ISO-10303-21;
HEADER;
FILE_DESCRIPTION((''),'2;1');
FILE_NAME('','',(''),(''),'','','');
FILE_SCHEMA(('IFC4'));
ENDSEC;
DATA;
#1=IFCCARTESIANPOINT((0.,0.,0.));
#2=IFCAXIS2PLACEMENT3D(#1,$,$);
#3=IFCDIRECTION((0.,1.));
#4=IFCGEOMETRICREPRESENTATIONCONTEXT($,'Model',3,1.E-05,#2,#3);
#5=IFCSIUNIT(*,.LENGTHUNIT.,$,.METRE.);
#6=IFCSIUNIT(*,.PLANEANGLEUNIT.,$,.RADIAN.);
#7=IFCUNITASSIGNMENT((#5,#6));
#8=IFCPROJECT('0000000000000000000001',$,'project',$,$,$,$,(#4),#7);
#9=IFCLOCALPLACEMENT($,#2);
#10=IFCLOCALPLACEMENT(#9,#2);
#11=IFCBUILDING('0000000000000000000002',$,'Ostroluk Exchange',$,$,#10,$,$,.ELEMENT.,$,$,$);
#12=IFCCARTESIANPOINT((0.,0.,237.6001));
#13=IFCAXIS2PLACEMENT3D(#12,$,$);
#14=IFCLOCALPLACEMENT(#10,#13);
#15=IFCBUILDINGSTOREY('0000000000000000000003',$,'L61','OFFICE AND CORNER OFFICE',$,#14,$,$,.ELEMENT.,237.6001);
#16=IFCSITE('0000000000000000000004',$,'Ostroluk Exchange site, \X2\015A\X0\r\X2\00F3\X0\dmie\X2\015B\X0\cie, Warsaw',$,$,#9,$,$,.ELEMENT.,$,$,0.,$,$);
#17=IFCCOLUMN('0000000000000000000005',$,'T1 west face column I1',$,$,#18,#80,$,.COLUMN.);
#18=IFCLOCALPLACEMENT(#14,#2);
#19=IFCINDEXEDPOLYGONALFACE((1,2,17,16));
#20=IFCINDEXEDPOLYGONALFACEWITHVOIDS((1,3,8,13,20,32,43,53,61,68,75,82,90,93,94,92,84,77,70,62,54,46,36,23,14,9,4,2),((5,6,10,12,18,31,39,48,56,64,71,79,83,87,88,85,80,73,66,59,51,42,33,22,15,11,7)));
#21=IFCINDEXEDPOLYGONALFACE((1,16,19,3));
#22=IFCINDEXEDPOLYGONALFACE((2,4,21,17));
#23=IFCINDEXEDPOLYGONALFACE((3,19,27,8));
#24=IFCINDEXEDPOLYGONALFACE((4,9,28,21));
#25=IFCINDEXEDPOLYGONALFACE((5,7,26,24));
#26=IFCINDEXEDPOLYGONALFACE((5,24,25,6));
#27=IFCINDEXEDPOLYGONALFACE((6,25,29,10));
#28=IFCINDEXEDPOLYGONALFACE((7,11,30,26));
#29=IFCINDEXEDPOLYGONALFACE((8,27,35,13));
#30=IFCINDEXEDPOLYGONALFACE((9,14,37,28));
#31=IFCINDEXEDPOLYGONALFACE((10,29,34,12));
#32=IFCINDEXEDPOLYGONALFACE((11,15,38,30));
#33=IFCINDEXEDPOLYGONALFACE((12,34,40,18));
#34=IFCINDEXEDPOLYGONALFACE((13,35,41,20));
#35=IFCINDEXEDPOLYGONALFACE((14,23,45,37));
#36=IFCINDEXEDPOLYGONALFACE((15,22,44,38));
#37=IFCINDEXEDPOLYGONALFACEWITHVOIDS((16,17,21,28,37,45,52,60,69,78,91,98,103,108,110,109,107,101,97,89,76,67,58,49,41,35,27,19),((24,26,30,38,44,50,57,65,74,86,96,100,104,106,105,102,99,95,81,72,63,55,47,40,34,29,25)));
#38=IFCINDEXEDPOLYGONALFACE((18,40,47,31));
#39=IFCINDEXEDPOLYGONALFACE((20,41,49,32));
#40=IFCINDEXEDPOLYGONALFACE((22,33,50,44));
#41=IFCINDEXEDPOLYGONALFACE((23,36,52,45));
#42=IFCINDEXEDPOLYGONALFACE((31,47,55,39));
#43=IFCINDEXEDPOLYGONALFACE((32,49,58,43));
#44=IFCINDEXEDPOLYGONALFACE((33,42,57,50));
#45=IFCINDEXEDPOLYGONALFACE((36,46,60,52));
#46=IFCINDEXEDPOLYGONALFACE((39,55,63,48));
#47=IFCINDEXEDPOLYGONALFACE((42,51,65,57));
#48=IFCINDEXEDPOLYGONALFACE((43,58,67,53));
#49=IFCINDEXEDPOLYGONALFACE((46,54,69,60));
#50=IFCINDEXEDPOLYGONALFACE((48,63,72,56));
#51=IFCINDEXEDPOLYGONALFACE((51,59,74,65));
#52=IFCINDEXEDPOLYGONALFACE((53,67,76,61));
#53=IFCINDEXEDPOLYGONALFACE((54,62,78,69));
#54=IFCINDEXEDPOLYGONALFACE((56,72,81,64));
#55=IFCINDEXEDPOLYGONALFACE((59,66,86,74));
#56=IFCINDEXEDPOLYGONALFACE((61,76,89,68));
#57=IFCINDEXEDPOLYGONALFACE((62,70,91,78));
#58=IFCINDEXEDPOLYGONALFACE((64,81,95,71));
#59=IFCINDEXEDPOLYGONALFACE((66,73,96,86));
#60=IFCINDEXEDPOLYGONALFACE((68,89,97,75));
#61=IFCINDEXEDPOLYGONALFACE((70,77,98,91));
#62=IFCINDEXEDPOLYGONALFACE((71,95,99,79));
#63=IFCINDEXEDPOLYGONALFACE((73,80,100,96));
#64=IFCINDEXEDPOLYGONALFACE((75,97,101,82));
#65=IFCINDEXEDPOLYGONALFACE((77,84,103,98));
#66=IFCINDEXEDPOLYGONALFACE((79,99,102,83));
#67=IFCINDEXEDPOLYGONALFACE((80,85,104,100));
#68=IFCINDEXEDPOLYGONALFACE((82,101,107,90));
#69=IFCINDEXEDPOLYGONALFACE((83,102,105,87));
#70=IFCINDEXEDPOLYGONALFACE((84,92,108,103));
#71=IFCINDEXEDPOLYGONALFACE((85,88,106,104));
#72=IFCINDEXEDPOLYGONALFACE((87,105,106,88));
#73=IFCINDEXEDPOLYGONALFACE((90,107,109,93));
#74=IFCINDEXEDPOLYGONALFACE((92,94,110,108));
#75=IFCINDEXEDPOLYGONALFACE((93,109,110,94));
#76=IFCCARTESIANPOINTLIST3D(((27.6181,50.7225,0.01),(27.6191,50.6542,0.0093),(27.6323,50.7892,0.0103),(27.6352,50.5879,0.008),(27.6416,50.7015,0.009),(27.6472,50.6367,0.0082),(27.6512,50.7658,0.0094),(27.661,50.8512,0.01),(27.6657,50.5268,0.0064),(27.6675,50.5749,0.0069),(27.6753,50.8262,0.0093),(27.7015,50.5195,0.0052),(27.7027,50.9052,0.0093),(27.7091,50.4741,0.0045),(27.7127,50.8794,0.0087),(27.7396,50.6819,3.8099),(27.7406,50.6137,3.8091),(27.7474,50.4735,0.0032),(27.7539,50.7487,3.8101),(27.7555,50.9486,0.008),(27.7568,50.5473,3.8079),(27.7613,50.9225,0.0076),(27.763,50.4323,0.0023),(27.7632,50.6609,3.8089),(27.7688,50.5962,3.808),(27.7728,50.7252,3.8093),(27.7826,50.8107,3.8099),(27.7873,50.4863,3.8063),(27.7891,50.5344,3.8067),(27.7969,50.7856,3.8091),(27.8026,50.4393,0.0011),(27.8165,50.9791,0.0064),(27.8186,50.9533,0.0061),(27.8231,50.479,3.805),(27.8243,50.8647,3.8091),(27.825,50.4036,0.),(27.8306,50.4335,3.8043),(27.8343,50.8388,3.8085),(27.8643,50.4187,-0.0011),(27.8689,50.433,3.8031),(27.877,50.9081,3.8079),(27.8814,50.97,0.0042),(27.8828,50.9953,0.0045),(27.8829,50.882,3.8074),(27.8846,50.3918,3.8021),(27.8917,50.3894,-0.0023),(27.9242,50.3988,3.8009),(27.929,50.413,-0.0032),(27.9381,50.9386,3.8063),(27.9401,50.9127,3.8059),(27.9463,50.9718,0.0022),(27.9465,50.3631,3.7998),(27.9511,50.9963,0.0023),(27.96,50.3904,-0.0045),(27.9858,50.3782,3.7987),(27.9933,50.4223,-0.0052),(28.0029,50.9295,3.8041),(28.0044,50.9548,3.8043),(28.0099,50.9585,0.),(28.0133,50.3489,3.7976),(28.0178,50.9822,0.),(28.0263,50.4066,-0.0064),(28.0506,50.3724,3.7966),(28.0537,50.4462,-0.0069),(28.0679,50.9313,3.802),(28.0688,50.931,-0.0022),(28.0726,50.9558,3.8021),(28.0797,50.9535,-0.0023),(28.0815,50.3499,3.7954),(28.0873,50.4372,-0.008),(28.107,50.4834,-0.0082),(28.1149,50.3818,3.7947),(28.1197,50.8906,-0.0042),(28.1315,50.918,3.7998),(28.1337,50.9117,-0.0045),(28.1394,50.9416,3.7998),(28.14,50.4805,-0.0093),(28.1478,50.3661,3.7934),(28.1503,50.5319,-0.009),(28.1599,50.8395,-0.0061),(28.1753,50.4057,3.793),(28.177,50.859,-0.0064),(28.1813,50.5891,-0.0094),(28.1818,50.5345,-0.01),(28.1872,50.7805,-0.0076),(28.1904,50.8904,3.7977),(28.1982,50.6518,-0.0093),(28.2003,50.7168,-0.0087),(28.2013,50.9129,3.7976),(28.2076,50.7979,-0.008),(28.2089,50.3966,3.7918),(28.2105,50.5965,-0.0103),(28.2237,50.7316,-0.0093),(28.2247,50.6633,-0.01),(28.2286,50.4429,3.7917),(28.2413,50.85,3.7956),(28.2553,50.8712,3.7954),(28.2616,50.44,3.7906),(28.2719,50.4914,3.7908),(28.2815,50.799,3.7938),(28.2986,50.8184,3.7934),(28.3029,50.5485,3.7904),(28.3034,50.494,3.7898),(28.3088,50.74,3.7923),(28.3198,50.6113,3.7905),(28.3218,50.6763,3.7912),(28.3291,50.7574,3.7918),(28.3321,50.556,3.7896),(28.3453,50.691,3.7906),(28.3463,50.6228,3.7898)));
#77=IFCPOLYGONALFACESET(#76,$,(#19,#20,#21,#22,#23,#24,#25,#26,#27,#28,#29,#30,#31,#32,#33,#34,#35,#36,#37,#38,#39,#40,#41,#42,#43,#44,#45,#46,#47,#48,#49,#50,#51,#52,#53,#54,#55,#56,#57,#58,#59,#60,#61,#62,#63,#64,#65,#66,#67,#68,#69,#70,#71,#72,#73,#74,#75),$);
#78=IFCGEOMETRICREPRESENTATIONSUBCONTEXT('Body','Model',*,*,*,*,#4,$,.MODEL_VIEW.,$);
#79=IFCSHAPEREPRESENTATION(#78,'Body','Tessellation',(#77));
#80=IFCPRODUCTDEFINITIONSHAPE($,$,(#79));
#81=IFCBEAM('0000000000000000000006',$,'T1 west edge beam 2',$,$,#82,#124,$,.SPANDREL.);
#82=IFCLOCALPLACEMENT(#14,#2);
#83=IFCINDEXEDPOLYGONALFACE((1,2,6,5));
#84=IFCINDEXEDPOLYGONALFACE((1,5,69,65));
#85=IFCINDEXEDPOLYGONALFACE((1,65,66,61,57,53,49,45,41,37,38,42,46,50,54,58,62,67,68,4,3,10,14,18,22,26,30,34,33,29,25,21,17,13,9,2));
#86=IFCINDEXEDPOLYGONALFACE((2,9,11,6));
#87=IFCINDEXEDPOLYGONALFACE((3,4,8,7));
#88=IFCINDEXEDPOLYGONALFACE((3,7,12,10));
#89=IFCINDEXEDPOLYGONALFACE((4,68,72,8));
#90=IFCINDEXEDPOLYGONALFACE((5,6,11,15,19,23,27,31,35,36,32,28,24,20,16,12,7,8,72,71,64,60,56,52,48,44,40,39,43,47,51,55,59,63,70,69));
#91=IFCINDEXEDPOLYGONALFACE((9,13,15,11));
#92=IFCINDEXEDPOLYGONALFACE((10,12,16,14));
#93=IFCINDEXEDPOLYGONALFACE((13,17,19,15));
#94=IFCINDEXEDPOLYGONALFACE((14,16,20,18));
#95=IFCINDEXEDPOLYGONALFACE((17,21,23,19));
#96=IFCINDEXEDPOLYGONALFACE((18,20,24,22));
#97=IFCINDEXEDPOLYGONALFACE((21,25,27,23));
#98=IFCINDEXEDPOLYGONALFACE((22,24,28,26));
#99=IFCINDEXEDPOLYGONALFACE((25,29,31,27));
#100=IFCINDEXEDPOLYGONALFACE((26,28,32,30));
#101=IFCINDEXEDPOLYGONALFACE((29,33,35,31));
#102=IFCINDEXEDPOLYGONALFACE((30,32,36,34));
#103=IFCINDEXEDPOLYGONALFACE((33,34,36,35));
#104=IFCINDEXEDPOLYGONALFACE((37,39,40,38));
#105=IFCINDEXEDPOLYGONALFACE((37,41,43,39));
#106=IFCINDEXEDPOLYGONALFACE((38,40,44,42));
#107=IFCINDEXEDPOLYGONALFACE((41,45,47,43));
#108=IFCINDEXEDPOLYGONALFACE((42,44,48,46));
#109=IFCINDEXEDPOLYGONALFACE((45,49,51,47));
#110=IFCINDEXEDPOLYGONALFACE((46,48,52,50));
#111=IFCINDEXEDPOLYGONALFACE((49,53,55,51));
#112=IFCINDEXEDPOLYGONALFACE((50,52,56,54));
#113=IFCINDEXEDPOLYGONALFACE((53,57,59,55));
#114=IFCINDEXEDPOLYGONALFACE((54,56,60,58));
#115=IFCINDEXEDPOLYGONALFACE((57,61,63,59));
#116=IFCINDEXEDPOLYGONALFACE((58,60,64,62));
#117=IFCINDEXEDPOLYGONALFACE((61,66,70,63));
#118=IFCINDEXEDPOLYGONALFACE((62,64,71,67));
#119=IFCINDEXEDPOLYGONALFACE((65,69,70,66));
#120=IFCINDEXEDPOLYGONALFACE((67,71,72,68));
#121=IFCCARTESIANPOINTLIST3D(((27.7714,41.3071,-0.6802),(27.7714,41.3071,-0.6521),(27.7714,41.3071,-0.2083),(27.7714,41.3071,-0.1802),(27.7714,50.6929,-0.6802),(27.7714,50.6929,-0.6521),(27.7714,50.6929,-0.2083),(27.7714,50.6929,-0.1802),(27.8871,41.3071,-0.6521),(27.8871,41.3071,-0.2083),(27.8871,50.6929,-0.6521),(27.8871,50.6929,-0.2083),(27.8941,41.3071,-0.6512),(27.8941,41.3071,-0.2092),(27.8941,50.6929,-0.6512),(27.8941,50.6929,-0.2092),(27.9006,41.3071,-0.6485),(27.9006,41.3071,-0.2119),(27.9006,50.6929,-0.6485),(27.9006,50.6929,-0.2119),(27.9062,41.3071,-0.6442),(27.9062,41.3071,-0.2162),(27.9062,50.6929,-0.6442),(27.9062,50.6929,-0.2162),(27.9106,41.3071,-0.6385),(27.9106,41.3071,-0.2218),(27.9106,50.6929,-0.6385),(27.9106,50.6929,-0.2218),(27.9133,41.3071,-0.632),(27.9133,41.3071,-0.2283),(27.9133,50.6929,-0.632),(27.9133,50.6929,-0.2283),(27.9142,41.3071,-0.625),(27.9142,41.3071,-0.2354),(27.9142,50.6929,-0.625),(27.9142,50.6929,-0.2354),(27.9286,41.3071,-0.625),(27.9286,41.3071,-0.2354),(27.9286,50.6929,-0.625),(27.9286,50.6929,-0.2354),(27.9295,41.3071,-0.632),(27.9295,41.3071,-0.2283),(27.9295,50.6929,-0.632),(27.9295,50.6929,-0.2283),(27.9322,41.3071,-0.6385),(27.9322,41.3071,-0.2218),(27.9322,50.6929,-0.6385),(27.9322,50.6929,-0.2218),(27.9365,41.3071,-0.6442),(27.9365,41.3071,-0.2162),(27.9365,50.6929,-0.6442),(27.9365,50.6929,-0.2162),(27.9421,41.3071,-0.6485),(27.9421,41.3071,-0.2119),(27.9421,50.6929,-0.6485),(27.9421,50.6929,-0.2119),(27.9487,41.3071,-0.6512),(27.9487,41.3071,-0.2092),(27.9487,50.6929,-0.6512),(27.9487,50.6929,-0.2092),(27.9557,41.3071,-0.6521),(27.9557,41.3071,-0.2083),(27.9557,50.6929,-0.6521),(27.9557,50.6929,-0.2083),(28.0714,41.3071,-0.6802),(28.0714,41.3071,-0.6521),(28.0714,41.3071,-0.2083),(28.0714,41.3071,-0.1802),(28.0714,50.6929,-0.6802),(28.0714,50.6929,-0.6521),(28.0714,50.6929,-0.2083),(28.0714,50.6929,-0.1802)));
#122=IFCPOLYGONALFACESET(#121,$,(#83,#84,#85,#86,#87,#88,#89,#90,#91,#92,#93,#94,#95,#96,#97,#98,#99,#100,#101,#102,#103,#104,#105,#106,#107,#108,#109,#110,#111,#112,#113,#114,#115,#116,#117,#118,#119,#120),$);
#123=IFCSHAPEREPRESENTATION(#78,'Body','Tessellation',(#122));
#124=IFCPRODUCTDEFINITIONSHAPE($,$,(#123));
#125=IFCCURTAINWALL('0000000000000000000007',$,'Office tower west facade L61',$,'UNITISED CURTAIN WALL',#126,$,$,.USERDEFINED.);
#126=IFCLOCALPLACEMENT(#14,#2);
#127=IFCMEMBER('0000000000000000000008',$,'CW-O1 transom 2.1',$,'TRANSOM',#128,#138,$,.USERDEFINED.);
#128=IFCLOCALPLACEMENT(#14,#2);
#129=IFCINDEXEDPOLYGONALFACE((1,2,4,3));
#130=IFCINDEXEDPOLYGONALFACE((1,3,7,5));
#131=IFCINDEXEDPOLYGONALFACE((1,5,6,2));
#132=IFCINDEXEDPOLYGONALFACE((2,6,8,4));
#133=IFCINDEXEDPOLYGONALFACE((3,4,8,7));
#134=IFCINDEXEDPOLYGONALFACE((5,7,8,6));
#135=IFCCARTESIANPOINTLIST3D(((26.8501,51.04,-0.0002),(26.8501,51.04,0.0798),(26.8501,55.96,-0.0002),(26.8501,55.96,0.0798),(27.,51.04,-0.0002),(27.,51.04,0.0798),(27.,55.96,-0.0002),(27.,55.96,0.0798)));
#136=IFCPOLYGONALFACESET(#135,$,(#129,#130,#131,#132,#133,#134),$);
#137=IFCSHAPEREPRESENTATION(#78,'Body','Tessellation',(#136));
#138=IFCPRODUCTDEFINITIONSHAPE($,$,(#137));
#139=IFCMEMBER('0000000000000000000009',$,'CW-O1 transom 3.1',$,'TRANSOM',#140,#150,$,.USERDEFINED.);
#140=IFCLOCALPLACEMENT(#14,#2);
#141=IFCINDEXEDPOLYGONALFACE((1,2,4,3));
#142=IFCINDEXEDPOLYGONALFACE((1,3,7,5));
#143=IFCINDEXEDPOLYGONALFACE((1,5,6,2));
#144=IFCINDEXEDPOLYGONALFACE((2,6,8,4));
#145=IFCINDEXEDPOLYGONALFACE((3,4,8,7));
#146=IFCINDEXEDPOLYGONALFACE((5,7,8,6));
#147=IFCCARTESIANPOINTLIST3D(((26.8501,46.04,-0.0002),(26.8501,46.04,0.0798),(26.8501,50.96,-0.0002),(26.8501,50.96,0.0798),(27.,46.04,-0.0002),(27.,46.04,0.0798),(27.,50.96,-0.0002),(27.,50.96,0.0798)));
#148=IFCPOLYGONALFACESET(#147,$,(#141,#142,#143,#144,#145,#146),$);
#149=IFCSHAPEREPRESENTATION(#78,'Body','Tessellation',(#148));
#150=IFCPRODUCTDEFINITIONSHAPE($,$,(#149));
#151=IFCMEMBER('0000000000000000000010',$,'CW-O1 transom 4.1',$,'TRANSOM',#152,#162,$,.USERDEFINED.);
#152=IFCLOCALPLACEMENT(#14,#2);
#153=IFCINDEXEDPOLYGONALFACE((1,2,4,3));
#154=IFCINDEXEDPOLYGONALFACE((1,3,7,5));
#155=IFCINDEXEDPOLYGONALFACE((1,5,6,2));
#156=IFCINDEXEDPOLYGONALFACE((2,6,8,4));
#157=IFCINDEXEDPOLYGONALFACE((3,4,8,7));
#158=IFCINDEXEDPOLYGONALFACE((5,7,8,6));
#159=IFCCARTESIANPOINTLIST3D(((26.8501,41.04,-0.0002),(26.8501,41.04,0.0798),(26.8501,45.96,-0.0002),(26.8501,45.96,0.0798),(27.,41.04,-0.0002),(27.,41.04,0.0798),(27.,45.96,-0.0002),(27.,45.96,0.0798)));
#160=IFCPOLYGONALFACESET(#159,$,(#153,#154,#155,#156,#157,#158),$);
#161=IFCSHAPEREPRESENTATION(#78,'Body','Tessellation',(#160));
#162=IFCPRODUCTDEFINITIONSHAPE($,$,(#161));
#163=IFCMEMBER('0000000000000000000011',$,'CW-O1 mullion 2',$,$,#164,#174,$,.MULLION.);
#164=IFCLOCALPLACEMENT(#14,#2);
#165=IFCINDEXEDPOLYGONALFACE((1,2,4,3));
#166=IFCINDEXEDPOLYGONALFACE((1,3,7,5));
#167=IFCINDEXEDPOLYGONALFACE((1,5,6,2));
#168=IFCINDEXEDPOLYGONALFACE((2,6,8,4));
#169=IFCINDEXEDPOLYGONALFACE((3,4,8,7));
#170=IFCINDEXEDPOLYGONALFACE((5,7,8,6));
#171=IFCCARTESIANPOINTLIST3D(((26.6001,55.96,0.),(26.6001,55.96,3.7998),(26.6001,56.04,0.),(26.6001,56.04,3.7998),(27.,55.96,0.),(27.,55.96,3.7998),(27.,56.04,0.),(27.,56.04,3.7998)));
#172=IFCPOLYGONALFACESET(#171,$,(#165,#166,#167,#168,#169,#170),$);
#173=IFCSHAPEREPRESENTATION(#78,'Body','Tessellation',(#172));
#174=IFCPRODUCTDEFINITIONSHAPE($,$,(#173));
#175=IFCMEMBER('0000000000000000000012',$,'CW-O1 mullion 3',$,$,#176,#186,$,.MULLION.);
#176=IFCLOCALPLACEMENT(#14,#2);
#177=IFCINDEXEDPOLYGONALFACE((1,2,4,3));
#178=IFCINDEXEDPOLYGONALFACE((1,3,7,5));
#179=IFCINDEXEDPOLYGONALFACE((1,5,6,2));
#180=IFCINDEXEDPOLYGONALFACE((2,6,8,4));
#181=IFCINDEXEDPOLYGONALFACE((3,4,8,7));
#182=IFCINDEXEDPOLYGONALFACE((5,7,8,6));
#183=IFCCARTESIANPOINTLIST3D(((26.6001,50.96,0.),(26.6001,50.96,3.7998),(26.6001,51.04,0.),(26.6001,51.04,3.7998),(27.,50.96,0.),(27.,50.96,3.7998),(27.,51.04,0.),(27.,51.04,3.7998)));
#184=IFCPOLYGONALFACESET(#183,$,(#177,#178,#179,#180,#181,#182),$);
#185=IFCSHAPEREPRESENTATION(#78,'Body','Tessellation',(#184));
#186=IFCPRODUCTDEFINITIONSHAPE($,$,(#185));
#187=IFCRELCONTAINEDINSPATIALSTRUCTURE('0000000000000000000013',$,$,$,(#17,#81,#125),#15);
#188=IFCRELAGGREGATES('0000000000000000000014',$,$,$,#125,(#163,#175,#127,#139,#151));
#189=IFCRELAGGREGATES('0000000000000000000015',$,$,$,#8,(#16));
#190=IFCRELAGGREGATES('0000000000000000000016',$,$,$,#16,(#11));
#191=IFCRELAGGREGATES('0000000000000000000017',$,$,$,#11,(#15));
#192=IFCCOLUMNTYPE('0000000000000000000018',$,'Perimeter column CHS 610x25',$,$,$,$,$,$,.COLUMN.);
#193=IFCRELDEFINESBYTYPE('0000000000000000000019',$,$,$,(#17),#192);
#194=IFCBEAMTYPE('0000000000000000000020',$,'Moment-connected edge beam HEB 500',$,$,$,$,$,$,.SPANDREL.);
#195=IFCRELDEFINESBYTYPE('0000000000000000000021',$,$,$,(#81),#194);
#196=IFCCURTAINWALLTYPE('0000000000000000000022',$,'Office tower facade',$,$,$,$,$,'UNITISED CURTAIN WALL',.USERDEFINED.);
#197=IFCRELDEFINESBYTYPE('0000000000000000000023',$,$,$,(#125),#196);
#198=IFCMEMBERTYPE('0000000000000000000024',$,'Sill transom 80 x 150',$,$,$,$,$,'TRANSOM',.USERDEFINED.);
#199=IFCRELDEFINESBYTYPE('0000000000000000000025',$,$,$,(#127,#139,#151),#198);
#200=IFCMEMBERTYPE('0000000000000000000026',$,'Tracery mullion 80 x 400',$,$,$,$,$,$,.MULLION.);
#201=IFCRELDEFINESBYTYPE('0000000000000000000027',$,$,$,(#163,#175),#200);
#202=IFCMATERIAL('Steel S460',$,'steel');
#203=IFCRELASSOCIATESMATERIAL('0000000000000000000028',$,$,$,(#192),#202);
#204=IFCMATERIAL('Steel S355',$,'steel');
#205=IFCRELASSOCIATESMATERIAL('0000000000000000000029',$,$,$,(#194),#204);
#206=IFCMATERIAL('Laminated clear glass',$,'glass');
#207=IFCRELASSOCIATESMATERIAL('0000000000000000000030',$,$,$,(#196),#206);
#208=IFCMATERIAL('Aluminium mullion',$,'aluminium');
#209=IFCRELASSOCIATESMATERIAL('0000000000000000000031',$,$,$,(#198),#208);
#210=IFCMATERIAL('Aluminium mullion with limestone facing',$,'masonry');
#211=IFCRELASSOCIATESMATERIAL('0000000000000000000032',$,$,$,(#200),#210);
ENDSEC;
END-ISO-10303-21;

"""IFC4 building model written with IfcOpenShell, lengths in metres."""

from ifc_helpers import new_model, si_unit, direction, frame, origin, origin_2d, place, context, subcontext, project, spatial, rectangle, hollow_circle, i_section, extrude, material, material_profile, profile_set, type_object, element, aggregate, save


model = new_model("IFC4")

# Units and contexts
model_context = context("Model", 3, precision=1e-05, world=origin(), true_north=direction((0.0, 1.0)))
body_context = subcontext(model_context, "Body", "Model", "MODEL_VIEW")
ifc_project = project(units=[si_unit("LENGTHUNIT", "METRE"), si_unit("PLANEANGLEUNIT", "RADIAN")], contexts=[model_context])

# Site, building, storey
site_placement = place(None, origin())
site = spatial("IfcSite", under=ifc_project, at=site_placement, Name="Ostroluk Exchange site, Śródmieście, Warsaw", CompositionType="ELEMENT", RefElevation=0.0)
building_placement = place(site_placement, origin())
building = spatial("IfcBuilding", under=site, at=building_placement, Name="Ostroluk Exchange", CompositionType="ELEMENT")
storey_placement = place(building_placement, frame((0.0, 0.0, 237.6001)))
storey = spatial("IfcBuildingStorey", under=building, at=storey_placement, Name="L61", Description="OFFICE AND CORNER OFFICE", CompositionType="ELEMENT", Elevation=237.6001)

# Column
ifc_material_1 = material(Name="Steel S460", Category="steel")
ifc_material_profile_1 = material_profile(ifc_material_1, hollow_circle(Radius=0.3049, WallThickness=0.0249, at=origin_2d()), Name="CHS 610x25")
ifc_profile_set_1 = profile_set([ifc_material_profile_1], Name="Steel S460")
column_type = type_object("IfcColumnType", Name="Perimeter column CHS 610x25", PredefinedType="COLUMN", material=ifc_profile_set_1)
column_placement = place(storey_placement, frame((27.9214, 50.6929, 0.0), z_axis=(0.031979, -0.01066, 0.999432), x_axis=(0.316228, 0.948683, 0.0)))
element("IfcColumn", 1, at=column_placement, inside=storey, type_object=column_type, Name="T1 west face column I1", PredefinedType="COLUMN", context=body_context, shape_type="SweptSolid", body=[
    extrude(hollow_circle(Radius=0.3049, WallThickness=0.0249, at=origin_2d()), origin(), (0.0, 0.0, 1.0), 3.802),
])

# Beam
ifc_material_2 = material(Name="Steel S355", Category="steel")
ifc_material_profile_2 = material_profile(ifc_material_2, i_section(OverallWidth=0.3, OverallDepth=0.5, WebThickness=0.0144, FlangeThickness=0.0281, FilletRadius=0.0271, at=origin_2d()), Name="HEB 500")
ifc_profile_set_2 = profile_set([ifc_material_profile_2], Name="Steel S355")
beam_type = type_object("IfcBeamType", Name="Moment-connected edge beam HEB 500", PredefinedType="SPANDREL", material=ifc_profile_set_2)
beam_placement = place(storey_placement, frame((27.9214, 50.6929, -0.4302), z_axis=(0.0, -1.0, 0.0), x_axis=(1.0, 0.0, 0.0)))
element("IfcBeam", 2, at=beam_placement, inside=storey, type_object=beam_type, Name="T1 west edge beam 2", PredefinedType="SPANDREL", context=body_context, shape_type="SweptSolid", body=[
    extrude(i_section(OverallWidth=0.3, OverallDepth=0.5, WebThickness=0.0144, FlangeThickness=0.0281, FilletRadius=0.0271, at=origin_2d()), origin(), (0.0, 0.0, 1.0), 9.3857),
])

# Curtain wall, members
ifc_material_3 = material(Name="Laminated clear glass", Category="glass")
curtain_wall_type = type_object("IfcCurtainWallType", Name="Office tower facade", ElementType="UNITISED CURTAIN WALL", PredefinedType="USERDEFINED", material=ifc_material_3)
curtain_wall_placement = place(storey_placement, origin())
curtain_wall = element("IfcCurtainWall", 3, at=curtain_wall_placement, inside=storey, type_object=curtain_wall_type, Name="Office tower west facade L61", ObjectType="UNITISED CURTAIN WALL", PredefinedType="USERDEFINED")
ifc_material_4 = material(Name="Aluminium mullion", Category="aluminium")
ifc_material_profile_3 = material_profile(ifc_material_4, rectangle(XDim=0.1499, YDim=0.0801, at=origin_2d()), Name="Sill transom 80 x 150")
ifc_profile_set_3 = profile_set([ifc_material_profile_3], Name="Aluminium mullion")
member_type_1 = type_object("IfcMemberType", Name="Sill transom 80 x 150", ElementType="TRANSOM", PredefinedType="USERDEFINED", material=ifc_profile_set_3)
member_1_placement = place(storey_placement, frame((26.925, 55.96, 0.0398), z_axis=(0.0, -1.0, 0.0), x_axis=(1.0, 0.0, 0.0)))
member_1 = element("IfcMember", 4, at=member_1_placement, type_object=member_type_1, Name="CW-O1 transom 2.1", ObjectType="TRANSOM", PredefinedType="USERDEFINED", context=body_context, shape_type="SweptSolid", body=[
    extrude(rectangle(XDim=0.1499, YDim=0.0801, at=origin_2d()), origin(), (0.0, 0.0, 1.0), 4.9199),
])
member_2_placement = place(storey_placement, frame((26.925, 50.96, 0.0398), z_axis=(0.0, -1.0, 0.0), x_axis=(1.0, 0.0, 0.0)))
member_2 = element("IfcMember", 5, at=member_2_placement, type_object=member_type_1, Name="CW-O1 transom 3.1", ObjectType="TRANSOM", PredefinedType="USERDEFINED", context=body_context, shape_type="SweptSolid", body=[
    extrude(rectangle(XDim=0.1499, YDim=0.0801, at=origin_2d()), origin(), (0.0, 0.0, 1.0), 4.9199),
])
member_3_placement = place(storey_placement, frame((26.925, 45.96, 0.0398), z_axis=(0.0, -1.0, 0.0), x_axis=(1.0, 0.0, 0.0)))
member_3 = element("IfcMember", 6, at=member_3_placement, type_object=member_type_1, Name="CW-O1 transom 4.1", ObjectType="TRANSOM", PredefinedType="USERDEFINED", context=body_context, shape_type="SweptSolid", body=[
    extrude(rectangle(XDim=0.1499, YDim=0.0801, at=origin_2d()), origin(), (0.0, 0.0, 1.0), 4.9199),
])
ifc_material_5 = material(Name="Aluminium mullion with limestone facing", Category="masonry")
ifc_material_profile_4 = material_profile(ifc_material_5, rectangle(XDim=0.3999, YDim=0.0801, at=origin_2d()), Name="Tracery mullion 80 x 400")
ifc_profile_set_4 = profile_set([ifc_material_profile_4], Name="Aluminium mullion with limestone facing")
member_type_2 = type_object("IfcMemberType", Name="Tracery mullion 80 x 400", PredefinedType="MULLION", material=ifc_profile_set_4)
member_4_placement = place(storey_placement, frame((26.8, 56.0, 0.0), z_axis=(0.0, 0.0, 1.0), x_axis=(1.0, 0.0, 0.0)))
member_4 = element("IfcMember", 7, at=member_4_placement, type_object=member_type_2, Name="CW-O1 mullion 2", PredefinedType="MULLION", context=body_context, shape_type="SweptSolid", body=[
    extrude(rectangle(XDim=0.3999, YDim=0.0801, at=origin_2d()), origin(), (0.0, 0.0, 1.0), 3.7998),
])
member_5_placement = place(storey_placement, frame((26.8, 51.0, 0.0), z_axis=(0.0, 0.0, 1.0), x_axis=(1.0, 0.0, 0.0)))
member_5 = element("IfcMember", 8, at=member_5_placement, type_object=member_type_2, Name="CW-O1 mullion 3", PredefinedType="MULLION", context=body_context, shape_type="SweptSolid", body=[
    extrude(rectangle(XDim=0.3999, YDim=0.0801, at=origin_2d()), origin(), (0.0, 0.0, 1.0), 3.7998),
])
aggregate(curtain_wall, [member_4, member_5, member_1, member_2, member_3])

save(model, "model.ifc")
